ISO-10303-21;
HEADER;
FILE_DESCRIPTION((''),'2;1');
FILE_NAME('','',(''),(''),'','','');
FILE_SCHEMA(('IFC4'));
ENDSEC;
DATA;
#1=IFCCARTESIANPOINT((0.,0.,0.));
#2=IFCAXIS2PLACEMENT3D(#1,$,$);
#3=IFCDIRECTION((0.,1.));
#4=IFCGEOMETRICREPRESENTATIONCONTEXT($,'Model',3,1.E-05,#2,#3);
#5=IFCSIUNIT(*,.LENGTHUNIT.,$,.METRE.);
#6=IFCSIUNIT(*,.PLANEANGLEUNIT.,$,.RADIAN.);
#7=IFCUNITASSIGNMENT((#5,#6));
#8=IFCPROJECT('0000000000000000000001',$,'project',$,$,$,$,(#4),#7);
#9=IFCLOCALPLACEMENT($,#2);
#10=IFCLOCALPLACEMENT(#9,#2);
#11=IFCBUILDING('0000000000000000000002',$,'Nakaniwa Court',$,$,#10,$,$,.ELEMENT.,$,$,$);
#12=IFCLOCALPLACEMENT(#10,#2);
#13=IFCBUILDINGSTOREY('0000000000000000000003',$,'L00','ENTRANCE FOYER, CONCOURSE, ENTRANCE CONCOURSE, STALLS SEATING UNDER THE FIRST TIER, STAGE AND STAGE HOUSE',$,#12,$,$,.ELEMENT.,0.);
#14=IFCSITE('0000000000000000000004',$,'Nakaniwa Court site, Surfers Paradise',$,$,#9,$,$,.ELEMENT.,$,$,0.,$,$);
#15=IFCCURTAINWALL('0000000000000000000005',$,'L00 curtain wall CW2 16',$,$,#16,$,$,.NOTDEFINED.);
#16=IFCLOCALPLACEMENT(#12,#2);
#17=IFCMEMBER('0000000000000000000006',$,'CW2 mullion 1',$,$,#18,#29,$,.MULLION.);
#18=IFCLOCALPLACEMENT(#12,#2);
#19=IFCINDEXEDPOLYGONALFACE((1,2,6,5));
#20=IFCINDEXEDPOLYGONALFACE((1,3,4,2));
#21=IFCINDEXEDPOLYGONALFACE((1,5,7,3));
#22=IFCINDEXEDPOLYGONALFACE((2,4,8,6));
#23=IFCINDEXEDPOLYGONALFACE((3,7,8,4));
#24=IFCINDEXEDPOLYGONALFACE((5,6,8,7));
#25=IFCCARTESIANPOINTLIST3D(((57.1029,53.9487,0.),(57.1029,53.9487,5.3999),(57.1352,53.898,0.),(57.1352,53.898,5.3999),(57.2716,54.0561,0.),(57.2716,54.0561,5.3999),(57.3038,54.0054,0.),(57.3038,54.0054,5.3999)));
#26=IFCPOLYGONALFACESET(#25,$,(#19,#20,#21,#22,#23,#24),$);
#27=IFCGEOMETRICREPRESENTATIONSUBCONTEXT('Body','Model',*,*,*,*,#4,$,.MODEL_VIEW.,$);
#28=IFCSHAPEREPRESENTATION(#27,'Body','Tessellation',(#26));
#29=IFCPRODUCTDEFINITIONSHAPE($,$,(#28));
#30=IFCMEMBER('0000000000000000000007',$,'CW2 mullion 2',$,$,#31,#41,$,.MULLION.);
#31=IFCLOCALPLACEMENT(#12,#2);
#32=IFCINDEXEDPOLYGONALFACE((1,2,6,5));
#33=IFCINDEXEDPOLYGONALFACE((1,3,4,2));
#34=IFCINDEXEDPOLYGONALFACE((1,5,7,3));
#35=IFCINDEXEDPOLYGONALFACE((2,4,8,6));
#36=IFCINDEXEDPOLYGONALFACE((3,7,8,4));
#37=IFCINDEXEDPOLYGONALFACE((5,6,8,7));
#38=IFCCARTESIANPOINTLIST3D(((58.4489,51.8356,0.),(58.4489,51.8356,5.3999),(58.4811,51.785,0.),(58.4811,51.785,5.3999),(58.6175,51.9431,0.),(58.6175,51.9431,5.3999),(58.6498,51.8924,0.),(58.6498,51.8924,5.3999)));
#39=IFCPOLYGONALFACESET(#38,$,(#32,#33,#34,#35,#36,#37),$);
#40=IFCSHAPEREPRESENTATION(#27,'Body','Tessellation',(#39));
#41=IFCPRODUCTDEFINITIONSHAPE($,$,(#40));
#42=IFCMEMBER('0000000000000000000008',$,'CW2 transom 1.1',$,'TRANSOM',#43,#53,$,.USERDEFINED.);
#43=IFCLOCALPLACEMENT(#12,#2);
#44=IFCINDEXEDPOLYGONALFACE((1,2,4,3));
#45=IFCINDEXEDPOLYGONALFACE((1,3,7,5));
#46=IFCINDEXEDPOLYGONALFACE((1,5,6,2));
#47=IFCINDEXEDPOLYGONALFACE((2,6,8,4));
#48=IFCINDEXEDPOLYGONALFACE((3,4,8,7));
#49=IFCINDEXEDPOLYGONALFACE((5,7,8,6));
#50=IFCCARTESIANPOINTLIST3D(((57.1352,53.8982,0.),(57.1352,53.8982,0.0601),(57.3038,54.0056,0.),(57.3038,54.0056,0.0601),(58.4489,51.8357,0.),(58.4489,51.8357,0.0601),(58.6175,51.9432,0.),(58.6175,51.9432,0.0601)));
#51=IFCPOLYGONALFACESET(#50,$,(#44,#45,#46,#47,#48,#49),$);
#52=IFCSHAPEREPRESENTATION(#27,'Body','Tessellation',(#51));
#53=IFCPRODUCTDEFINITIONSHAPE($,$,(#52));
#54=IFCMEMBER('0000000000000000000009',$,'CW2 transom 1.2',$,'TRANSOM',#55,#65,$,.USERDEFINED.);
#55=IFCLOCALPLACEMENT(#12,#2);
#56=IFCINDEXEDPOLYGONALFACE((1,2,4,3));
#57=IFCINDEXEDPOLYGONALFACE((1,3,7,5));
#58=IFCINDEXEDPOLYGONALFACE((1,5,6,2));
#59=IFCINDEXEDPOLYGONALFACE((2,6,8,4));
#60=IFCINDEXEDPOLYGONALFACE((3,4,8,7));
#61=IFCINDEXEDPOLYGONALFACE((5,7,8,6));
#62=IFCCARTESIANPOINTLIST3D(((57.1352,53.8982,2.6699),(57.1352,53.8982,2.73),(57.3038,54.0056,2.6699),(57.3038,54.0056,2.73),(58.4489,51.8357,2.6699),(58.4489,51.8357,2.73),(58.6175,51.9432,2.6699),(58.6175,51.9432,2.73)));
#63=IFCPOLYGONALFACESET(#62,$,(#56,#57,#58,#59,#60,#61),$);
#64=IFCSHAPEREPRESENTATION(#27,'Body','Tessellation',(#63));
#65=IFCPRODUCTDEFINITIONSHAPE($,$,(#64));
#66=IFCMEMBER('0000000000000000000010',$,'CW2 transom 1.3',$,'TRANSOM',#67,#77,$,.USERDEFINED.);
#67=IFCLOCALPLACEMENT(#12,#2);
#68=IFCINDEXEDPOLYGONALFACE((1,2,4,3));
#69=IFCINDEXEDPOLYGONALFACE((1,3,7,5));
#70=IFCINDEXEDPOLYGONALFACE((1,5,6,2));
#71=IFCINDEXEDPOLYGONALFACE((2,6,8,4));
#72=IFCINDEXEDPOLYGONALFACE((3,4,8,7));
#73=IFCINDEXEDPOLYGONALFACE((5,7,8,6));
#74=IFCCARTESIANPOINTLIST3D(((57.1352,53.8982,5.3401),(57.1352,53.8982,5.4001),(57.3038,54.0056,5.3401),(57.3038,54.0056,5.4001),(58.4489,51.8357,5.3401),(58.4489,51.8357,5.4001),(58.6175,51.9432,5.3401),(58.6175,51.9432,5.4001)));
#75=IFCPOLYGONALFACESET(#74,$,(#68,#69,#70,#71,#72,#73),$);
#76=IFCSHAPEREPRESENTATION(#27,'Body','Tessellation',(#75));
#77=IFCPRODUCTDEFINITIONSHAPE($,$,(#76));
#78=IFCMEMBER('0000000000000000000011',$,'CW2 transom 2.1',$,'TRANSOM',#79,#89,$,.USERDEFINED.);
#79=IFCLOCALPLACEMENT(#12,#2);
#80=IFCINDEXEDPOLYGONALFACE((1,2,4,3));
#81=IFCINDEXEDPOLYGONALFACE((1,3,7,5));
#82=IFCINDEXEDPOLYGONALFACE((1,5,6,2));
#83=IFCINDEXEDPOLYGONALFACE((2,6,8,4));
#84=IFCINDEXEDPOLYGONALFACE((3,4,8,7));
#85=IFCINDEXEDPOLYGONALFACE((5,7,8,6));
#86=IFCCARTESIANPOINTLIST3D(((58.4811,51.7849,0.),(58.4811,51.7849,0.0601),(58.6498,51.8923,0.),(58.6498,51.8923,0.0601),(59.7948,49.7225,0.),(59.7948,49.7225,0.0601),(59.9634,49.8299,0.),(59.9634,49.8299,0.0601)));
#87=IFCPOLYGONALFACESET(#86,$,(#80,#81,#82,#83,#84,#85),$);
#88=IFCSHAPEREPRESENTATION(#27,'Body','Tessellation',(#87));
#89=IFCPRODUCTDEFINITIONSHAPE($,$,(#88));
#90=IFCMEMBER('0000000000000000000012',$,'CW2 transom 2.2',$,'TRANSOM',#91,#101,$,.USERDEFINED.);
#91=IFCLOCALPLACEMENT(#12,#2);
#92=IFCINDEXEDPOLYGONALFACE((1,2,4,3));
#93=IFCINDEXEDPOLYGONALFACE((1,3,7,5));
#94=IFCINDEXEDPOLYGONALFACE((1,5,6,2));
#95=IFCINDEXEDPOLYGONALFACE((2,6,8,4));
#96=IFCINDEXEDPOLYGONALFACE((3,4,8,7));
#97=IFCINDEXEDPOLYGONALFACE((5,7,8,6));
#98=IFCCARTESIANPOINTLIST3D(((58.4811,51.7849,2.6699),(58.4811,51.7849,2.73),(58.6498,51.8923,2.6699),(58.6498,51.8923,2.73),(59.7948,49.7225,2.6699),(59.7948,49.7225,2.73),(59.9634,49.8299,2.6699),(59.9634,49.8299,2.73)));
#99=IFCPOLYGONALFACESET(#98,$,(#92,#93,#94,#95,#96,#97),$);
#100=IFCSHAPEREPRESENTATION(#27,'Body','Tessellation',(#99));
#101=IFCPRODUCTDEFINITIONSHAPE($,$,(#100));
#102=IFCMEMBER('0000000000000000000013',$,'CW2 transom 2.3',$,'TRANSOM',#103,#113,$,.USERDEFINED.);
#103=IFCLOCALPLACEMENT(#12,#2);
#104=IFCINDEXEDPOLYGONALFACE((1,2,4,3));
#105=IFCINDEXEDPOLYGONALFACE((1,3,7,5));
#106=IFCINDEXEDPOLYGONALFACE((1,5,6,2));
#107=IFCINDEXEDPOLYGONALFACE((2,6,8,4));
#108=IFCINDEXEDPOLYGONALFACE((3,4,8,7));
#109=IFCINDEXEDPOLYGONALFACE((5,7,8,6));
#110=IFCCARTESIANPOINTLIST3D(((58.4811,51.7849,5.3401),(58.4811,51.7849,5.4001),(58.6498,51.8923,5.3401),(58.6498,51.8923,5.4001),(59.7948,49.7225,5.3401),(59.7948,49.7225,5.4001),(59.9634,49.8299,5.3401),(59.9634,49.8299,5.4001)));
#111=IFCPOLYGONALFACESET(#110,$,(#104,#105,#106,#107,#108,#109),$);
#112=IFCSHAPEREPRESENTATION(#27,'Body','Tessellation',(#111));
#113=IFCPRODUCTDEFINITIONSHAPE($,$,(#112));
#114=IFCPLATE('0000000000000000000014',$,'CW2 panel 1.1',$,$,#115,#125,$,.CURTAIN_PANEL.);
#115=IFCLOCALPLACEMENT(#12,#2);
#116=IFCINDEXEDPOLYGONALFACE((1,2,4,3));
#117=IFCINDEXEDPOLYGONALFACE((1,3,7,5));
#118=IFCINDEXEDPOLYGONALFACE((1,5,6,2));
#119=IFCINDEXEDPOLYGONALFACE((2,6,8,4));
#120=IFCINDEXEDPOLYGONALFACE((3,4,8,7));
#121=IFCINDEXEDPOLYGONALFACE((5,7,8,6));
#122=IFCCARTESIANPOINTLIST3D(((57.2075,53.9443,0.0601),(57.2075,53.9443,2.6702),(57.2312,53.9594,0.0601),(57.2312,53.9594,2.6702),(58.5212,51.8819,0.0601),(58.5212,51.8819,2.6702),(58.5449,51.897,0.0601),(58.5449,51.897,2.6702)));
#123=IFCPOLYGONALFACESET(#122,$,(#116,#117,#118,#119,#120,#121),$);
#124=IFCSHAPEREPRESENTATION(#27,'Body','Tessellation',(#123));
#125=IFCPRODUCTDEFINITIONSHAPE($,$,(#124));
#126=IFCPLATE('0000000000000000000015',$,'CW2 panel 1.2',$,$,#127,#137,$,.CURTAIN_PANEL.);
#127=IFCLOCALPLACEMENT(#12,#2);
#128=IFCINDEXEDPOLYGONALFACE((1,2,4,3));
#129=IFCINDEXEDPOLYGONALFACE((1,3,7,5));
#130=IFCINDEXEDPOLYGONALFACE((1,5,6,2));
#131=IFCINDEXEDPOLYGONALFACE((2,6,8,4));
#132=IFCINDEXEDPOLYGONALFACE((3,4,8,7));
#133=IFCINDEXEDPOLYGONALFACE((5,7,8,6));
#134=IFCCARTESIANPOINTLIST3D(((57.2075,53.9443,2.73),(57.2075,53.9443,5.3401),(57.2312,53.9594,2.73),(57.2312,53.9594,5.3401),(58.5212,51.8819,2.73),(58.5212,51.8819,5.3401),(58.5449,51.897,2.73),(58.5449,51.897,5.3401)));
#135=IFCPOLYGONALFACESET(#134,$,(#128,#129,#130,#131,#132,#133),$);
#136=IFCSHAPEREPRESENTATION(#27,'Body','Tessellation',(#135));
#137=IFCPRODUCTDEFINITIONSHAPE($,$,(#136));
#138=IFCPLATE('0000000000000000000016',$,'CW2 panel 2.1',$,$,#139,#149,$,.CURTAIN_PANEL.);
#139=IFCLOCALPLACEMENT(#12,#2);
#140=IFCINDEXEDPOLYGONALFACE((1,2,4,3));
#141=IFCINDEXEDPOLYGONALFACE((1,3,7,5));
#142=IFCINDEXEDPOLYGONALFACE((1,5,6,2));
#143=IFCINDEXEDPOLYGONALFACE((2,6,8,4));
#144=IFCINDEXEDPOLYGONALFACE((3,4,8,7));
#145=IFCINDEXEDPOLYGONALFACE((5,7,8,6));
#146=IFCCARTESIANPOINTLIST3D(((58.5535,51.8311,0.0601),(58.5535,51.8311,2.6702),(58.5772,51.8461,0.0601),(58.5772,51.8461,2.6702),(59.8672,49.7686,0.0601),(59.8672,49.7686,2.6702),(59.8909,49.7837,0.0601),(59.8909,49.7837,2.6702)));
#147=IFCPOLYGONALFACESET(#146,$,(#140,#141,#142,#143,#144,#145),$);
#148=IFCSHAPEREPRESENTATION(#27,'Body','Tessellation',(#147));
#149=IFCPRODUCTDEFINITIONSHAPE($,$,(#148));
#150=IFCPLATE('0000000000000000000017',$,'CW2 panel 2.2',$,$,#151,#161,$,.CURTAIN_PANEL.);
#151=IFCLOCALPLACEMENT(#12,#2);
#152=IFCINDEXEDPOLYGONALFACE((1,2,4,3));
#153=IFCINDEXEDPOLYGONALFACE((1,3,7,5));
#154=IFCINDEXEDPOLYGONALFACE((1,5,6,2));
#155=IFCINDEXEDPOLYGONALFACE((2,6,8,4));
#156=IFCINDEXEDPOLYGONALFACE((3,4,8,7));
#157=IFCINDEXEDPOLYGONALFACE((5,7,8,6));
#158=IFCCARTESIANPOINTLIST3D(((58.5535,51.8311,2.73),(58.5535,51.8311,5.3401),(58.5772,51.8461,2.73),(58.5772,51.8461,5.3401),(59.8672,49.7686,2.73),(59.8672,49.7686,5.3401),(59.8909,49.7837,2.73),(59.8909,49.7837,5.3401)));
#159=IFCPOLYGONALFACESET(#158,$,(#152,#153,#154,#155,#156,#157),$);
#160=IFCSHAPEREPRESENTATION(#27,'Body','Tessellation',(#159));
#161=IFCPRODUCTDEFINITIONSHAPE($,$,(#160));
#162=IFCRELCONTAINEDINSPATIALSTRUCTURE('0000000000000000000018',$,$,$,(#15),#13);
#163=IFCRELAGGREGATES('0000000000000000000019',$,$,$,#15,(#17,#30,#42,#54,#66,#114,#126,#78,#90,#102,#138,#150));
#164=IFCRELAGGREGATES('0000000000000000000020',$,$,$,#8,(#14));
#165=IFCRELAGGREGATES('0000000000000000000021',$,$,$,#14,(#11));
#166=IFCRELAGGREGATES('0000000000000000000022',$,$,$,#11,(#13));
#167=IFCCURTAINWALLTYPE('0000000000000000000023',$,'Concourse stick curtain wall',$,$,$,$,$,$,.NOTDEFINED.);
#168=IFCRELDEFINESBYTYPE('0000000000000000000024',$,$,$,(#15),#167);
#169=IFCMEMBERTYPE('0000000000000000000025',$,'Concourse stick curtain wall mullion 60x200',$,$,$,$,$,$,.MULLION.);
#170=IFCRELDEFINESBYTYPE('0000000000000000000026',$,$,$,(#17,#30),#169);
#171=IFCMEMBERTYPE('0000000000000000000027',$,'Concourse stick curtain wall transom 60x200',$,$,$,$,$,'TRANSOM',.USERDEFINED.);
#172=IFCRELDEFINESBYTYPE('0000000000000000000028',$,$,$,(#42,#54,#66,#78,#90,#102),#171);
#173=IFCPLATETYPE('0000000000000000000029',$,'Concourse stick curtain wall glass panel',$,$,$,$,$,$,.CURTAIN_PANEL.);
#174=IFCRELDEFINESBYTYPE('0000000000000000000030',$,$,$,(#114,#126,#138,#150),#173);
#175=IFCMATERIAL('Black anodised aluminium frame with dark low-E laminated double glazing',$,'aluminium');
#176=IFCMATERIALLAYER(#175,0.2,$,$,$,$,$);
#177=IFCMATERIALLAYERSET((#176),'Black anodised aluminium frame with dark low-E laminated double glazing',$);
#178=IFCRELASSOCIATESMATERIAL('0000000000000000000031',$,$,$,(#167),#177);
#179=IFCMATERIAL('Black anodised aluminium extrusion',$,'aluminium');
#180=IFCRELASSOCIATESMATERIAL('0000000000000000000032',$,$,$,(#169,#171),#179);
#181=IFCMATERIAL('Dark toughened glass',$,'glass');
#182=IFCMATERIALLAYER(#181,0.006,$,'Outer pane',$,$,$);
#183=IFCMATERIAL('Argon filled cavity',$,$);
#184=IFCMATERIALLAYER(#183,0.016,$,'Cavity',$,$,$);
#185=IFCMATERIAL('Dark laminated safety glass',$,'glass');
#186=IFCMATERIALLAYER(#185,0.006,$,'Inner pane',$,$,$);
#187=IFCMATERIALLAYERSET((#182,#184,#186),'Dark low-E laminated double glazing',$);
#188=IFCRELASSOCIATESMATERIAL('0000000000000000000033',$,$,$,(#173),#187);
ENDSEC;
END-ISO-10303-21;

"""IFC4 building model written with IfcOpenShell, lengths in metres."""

from ifc_helpers import new_model, si_unit, direction, frame, origin, origin_2d, place, context, subcontext, project, spatial, rectangle, extrude, material, layer, layer_set, material_profile, profile_set, type_object, element, aggregate, save


model = new_model("IFC4")

# Units and contexts
model_context = context("Model", 3, precision=1e-05, world=origin(), true_north=direction((0.0, 1.0)))
body_context = subcontext(model_context, "Body", "Model", "MODEL_VIEW")
ifc_project = project(units=[si_unit("LENGTHUNIT", "METRE"), si_unit("PLANEANGLEUNIT", "RADIAN")], contexts=[model_context])

# Site, building, storey
site_placement = place(None, origin())
site = spatial("IfcSite", under=ifc_project, at=site_placement, Name="Nakaniwa Court site, Surfers Paradise", CompositionType="ELEMENT", RefElevation=0.0)
building_placement = place(site_placement, origin())
building = spatial("IfcBuilding", under=site, at=building_placement, Name="Nakaniwa Court", CompositionType="ELEMENT")
storey_placement = place(building_placement, origin())
storey = spatial("IfcBuildingStorey", under=building, at=storey_placement, Name="L00", Description="ENTRANCE FOYER, CONCOURSE, ENTRANCE CONCOURSE, STALLS SEATING UNDER THE FIRST TIER, STAGE AND STAGE HOUSE", CompositionType="ELEMENT", Elevation=0.0)

# Curtain wall, members, plates
ifc_material_1 = material(Name="Black anodised aluminium frame with dark low-E laminated double glazing", Category="aluminium")
ifc_layer_1 = layer(ifc_material_1, 0.2)
ifc_layer_set_1 = layer_set([ifc_layer_1], Name="Black anodised aluminium frame with dark low-E laminated double glazing")
curtain_wall_type = type_object("IfcCurtainWallType", Name="Concourse stick curtain wall", PredefinedType="NOTDEFINED", material=ifc_layer_set_1)
curtain_wall_placement = place(storey_placement, origin())
curtain_wall = element("IfcCurtainWall", 1, at=curtain_wall_placement, inside=storey, type_object=curtain_wall_type, Name="L00 curtain wall CW2 16", PredefinedType="NOTDEFINED")
ifc_material_2 = material(Name="Black anodised aluminium extrusion", Category="aluminium")
ifc_material_profile_1 = material_profile(ifc_material_2, rectangle(XDim=0.2, YDim=0.0601, at=origin_2d()), Name="Concourse stick curtain wall mullion 60x200")
ifc_profile_set_1 = profile_set([ifc_material_profile_1], Name="Black anodised aluminium extrusion")
member_type_1 = type_object("IfcMemberType", Name="Concourse stick curtain wall mullion 60x200", PredefinedType="MULLION", material=ifc_profile_set_1)
member_1_placement = place(storey_placement, frame((57.2034, 53.9771, 0.0), z_axis=(0.0, 0.0, 1.0), x_axis=(0.843438, 0.537226, 0.0)))
member_1 = element("IfcMember", 2, at=member_1_placement, type_object=member_type_1, Name="CW2 mullion 1", PredefinedType="MULLION", context=body_context, shape_type="SweptSolid", body=[
    extrude(rectangle(XDim=0.2, YDim=0.0601, at=origin_2d()), origin(), (0.0, 0.0, 1.0), 5.3999),
])
member_2_placement = place(storey_placement, frame((58.5493, 51.864, 0.0), z_axis=(0.0, 0.0, 1.0), x_axis=(0.843438, 0.537226, 0.0)))
member_2 = element("IfcMember", 3, at=member_2_placement, type_object=member_type_1, Name="CW2 mullion 2", PredefinedType="MULLION", context=body_context, shape_type="SweptSolid", body=[
    extrude(rectangle(XDim=0.2, YDim=0.0601, at=origin_2d()), origin(), (0.0, 0.0, 1.0), 5.3999),
])
ifc_material_profile_2 = material_profile(ifc_material_2, rectangle(XDim=0.2, YDim=0.0601, at=origin_2d()), Name="Concourse stick curtain wall transom 60x200")
ifc_profile_set_2 = profile_set([ifc_material_profile_2], Name="Black anodised aluminium extrusion")
member_type_2 = type_object("IfcMemberType", Name="Concourse stick curtain wall transom 60x200", ElementType="TRANSOM", PredefinedType="USERDEFINED", material=ifc_profile_set_2)
member_3_placement = place(storey_placement, frame((57.2195, 53.9519, 0.03), z_axis=(0.537231, -0.843435, 0.0), x_axis=(0.843435, 0.537231, 0.0)))
member_3 = element("IfcMember", 4, at=member_3_placement, type_object=member_type_2, Name="CW2 transom 1.1", ObjectType="TRANSOM", PredefinedType="USERDEFINED", context=body_context, shape_type="SweptSolid", body=[
    extrude(rectangle(XDim=0.2, YDim=0.0601, at=origin_2d()), origin(), (0.0, 0.0, 1.0), 2.4453),
])
member_4_placement = place(storey_placement, frame((57.2195, 53.9519, 2.7), z_axis=(0.537231, -0.843435, 0.0), x_axis=(0.843435, 0.537231, 0.0)))
member_4 = element("IfcMember", 5, at=member_4_placement, type_object=member_type_2, Name="CW2 transom 1.2", ObjectType="TRANSOM", PredefinedType="USERDEFINED", context=body_context, shape_type="SweptSolid", body=[
    extrude(rectangle(XDim=0.2, YDim=0.0601, at=origin_2d()), origin(), (0.0, 0.0, 1.0), 2.4453),
])
member_5_placement = place(storey_placement, frame((57.2195, 53.9519, 5.3701), z_axis=(0.537231, -0.843435, 0.0), x_axis=(0.843435, 0.537231, 0.0)))
member_5 = element("IfcMember", 6, at=member_5_placement, type_object=member_type_2, Name="CW2 transom 1.3", ObjectType="TRANSOM", PredefinedType="USERDEFINED", context=body_context, shape_type="SweptSolid", body=[
    extrude(rectangle(XDim=0.2, YDim=0.0601, at=origin_2d()), origin(), (0.0, 0.0, 1.0), 2.4453),
])
member_6_placement = place(storey_placement, frame((58.5654, 51.8386, 0.03), z_axis=(0.537231, -0.843435, 0.0), x_axis=(0.843435, 0.537231, 0.0)))
member_6 = element("IfcMember", 7, at=member_6_placement, type_object=member_type_2, Name="CW2 transom 2.1", ObjectType="TRANSOM", PredefinedType="USERDEFINED", context=body_context, shape_type="SweptSolid", body=[
    extrude(rectangle(XDim=0.2, YDim=0.0601, at=origin_2d()), origin(), (0.0, 0.0, 1.0), 2.4453),
])
member_7_placement = place(storey_placement, frame((58.5654, 51.8386, 2.7), z_axis=(0.537231, -0.843435, 0.0), x_axis=(0.843435, 0.537231, 0.0)))
member_7 = element("IfcMember", 8, at=member_7_placement, type_object=member_type_2, Name="CW2 transom 2.2", ObjectType="TRANSOM", PredefinedType="USERDEFINED", context=body_context, shape_type="SweptSolid", body=[
    extrude(rectangle(XDim=0.2, YDim=0.0601, at=origin_2d()), origin(), (0.0, 0.0, 1.0), 2.4453),
])
member_8_placement = place(storey_placement, frame((58.5654, 51.8386, 5.3701), z_axis=(0.537231, -0.843435, 0.0), x_axis=(0.843435, 0.537231, 0.0)))
member_8 = element("IfcMember", 9, at=member_8_placement, type_object=member_type_2, Name="CW2 transom 2.3", ObjectType="TRANSOM", PredefinedType="USERDEFINED", context=body_context, shape_type="SweptSolid", body=[
    extrude(rectangle(XDim=0.2, YDim=0.0601, at=origin_2d()), origin(), (0.0, 0.0, 1.0), 2.4453),
])
ifc_material_3 = material(Name="Dark toughened glass", Category="glass")
ifc_layer_2 = layer(ifc_material_3, 0.006, Name="Outer pane")
ifc_material_4 = material(Name="Argon filled cavity")
ifc_layer_3 = layer(ifc_material_4, 0.016, Name="Cavity")
ifc_material_5 = material(Name="Dark laminated safety glass", Category="glass")
ifc_layer_4 = layer(ifc_material_5, 0.006, Name="Inner pane")
ifc_layer_set_2 = layer_set([ifc_layer_2, ifc_layer_3, ifc_layer_4], Name="Dark low-E laminated double glazing")
plate_type = type_object("IfcPlateType", Name="Concourse stick curtain wall glass panel", PredefinedType="CURTAIN_PANEL", material=ifc_layer_set_2)
plate_1_placement = place(storey_placement, frame((57.8762, 52.9207, 0.0601), z_axis=(0.0, 0.0, 1.0), x_axis=(0.537226, -0.843438, 0.0)))
plate_1 = element("IfcPlate", 10, at=plate_1_placement, type_object=plate_type, Name="CW2 panel 1.1", PredefinedType="CURTAIN_PANEL", context=body_context, shape_type="SweptSolid", body=[
    extrude(rectangle(XDim=2.4453, YDim=0.0281, at=origin_2d()), origin(), (0.0, 0.0, 1.0), 2.6101),
])
plate_2_placement = place(storey_placement, frame((57.8762, 52.9207, 2.73), z_axis=(0.0, 0.0, 1.0), x_axis=(0.537226, -0.843438, 0.0)))
plate_2 = element("IfcPlate", 11, at=plate_2_placement, type_object=plate_type, Name="CW2 panel 1.2", PredefinedType="CURTAIN_PANEL", context=body_context, shape_type="SweptSolid", body=[
    extrude(rectangle(XDim=2.4453, YDim=0.0281, at=origin_2d()), origin(), (0.0, 0.0, 1.0), 2.6101),
])
plate_3_placement = place(storey_placement, frame((59.2222, 50.8074, 0.0601), z_axis=(0.0, 0.0, 1.0), x_axis=(0.537226, -0.843438, 0.0)))
plate_3 = element("IfcPlate", 12, at=plate_3_placement, type_object=plate_type, Name="CW2 panel 2.1", PredefinedType="CURTAIN_PANEL", context=body_context, shape_type="SweptSolid", body=[
    extrude(rectangle(XDim=2.4453, YDim=0.0281, at=origin_2d()), origin(), (0.0, 0.0, 1.0), 2.6101),
])
plate_4_placement = place(storey_placement, frame((59.2222, 50.8074, 2.73), z_axis=(0.0, 0.0, 1.0), x_axis=(0.537226, -0.843438, 0.0)))
plate_4 = element("IfcPlate", 13, at=plate_4_placement, type_object=plate_type, Name="CW2 panel 2.2", PredefinedType="CURTAIN_PANEL", context=body_context, shape_type="SweptSolid", body=[
    extrude(rectangle(XDim=2.4453, YDim=0.0281, at=origin_2d()), origin(), (0.0, 0.0, 1.0), 2.6101),
])
aggregate(curtain_wall, [member_1, member_2, member_3, member_4, member_5, plate_1, plate_2, member_6, member_7, member_8, plate_3, plate_4])

save(model, "model.ifc")
